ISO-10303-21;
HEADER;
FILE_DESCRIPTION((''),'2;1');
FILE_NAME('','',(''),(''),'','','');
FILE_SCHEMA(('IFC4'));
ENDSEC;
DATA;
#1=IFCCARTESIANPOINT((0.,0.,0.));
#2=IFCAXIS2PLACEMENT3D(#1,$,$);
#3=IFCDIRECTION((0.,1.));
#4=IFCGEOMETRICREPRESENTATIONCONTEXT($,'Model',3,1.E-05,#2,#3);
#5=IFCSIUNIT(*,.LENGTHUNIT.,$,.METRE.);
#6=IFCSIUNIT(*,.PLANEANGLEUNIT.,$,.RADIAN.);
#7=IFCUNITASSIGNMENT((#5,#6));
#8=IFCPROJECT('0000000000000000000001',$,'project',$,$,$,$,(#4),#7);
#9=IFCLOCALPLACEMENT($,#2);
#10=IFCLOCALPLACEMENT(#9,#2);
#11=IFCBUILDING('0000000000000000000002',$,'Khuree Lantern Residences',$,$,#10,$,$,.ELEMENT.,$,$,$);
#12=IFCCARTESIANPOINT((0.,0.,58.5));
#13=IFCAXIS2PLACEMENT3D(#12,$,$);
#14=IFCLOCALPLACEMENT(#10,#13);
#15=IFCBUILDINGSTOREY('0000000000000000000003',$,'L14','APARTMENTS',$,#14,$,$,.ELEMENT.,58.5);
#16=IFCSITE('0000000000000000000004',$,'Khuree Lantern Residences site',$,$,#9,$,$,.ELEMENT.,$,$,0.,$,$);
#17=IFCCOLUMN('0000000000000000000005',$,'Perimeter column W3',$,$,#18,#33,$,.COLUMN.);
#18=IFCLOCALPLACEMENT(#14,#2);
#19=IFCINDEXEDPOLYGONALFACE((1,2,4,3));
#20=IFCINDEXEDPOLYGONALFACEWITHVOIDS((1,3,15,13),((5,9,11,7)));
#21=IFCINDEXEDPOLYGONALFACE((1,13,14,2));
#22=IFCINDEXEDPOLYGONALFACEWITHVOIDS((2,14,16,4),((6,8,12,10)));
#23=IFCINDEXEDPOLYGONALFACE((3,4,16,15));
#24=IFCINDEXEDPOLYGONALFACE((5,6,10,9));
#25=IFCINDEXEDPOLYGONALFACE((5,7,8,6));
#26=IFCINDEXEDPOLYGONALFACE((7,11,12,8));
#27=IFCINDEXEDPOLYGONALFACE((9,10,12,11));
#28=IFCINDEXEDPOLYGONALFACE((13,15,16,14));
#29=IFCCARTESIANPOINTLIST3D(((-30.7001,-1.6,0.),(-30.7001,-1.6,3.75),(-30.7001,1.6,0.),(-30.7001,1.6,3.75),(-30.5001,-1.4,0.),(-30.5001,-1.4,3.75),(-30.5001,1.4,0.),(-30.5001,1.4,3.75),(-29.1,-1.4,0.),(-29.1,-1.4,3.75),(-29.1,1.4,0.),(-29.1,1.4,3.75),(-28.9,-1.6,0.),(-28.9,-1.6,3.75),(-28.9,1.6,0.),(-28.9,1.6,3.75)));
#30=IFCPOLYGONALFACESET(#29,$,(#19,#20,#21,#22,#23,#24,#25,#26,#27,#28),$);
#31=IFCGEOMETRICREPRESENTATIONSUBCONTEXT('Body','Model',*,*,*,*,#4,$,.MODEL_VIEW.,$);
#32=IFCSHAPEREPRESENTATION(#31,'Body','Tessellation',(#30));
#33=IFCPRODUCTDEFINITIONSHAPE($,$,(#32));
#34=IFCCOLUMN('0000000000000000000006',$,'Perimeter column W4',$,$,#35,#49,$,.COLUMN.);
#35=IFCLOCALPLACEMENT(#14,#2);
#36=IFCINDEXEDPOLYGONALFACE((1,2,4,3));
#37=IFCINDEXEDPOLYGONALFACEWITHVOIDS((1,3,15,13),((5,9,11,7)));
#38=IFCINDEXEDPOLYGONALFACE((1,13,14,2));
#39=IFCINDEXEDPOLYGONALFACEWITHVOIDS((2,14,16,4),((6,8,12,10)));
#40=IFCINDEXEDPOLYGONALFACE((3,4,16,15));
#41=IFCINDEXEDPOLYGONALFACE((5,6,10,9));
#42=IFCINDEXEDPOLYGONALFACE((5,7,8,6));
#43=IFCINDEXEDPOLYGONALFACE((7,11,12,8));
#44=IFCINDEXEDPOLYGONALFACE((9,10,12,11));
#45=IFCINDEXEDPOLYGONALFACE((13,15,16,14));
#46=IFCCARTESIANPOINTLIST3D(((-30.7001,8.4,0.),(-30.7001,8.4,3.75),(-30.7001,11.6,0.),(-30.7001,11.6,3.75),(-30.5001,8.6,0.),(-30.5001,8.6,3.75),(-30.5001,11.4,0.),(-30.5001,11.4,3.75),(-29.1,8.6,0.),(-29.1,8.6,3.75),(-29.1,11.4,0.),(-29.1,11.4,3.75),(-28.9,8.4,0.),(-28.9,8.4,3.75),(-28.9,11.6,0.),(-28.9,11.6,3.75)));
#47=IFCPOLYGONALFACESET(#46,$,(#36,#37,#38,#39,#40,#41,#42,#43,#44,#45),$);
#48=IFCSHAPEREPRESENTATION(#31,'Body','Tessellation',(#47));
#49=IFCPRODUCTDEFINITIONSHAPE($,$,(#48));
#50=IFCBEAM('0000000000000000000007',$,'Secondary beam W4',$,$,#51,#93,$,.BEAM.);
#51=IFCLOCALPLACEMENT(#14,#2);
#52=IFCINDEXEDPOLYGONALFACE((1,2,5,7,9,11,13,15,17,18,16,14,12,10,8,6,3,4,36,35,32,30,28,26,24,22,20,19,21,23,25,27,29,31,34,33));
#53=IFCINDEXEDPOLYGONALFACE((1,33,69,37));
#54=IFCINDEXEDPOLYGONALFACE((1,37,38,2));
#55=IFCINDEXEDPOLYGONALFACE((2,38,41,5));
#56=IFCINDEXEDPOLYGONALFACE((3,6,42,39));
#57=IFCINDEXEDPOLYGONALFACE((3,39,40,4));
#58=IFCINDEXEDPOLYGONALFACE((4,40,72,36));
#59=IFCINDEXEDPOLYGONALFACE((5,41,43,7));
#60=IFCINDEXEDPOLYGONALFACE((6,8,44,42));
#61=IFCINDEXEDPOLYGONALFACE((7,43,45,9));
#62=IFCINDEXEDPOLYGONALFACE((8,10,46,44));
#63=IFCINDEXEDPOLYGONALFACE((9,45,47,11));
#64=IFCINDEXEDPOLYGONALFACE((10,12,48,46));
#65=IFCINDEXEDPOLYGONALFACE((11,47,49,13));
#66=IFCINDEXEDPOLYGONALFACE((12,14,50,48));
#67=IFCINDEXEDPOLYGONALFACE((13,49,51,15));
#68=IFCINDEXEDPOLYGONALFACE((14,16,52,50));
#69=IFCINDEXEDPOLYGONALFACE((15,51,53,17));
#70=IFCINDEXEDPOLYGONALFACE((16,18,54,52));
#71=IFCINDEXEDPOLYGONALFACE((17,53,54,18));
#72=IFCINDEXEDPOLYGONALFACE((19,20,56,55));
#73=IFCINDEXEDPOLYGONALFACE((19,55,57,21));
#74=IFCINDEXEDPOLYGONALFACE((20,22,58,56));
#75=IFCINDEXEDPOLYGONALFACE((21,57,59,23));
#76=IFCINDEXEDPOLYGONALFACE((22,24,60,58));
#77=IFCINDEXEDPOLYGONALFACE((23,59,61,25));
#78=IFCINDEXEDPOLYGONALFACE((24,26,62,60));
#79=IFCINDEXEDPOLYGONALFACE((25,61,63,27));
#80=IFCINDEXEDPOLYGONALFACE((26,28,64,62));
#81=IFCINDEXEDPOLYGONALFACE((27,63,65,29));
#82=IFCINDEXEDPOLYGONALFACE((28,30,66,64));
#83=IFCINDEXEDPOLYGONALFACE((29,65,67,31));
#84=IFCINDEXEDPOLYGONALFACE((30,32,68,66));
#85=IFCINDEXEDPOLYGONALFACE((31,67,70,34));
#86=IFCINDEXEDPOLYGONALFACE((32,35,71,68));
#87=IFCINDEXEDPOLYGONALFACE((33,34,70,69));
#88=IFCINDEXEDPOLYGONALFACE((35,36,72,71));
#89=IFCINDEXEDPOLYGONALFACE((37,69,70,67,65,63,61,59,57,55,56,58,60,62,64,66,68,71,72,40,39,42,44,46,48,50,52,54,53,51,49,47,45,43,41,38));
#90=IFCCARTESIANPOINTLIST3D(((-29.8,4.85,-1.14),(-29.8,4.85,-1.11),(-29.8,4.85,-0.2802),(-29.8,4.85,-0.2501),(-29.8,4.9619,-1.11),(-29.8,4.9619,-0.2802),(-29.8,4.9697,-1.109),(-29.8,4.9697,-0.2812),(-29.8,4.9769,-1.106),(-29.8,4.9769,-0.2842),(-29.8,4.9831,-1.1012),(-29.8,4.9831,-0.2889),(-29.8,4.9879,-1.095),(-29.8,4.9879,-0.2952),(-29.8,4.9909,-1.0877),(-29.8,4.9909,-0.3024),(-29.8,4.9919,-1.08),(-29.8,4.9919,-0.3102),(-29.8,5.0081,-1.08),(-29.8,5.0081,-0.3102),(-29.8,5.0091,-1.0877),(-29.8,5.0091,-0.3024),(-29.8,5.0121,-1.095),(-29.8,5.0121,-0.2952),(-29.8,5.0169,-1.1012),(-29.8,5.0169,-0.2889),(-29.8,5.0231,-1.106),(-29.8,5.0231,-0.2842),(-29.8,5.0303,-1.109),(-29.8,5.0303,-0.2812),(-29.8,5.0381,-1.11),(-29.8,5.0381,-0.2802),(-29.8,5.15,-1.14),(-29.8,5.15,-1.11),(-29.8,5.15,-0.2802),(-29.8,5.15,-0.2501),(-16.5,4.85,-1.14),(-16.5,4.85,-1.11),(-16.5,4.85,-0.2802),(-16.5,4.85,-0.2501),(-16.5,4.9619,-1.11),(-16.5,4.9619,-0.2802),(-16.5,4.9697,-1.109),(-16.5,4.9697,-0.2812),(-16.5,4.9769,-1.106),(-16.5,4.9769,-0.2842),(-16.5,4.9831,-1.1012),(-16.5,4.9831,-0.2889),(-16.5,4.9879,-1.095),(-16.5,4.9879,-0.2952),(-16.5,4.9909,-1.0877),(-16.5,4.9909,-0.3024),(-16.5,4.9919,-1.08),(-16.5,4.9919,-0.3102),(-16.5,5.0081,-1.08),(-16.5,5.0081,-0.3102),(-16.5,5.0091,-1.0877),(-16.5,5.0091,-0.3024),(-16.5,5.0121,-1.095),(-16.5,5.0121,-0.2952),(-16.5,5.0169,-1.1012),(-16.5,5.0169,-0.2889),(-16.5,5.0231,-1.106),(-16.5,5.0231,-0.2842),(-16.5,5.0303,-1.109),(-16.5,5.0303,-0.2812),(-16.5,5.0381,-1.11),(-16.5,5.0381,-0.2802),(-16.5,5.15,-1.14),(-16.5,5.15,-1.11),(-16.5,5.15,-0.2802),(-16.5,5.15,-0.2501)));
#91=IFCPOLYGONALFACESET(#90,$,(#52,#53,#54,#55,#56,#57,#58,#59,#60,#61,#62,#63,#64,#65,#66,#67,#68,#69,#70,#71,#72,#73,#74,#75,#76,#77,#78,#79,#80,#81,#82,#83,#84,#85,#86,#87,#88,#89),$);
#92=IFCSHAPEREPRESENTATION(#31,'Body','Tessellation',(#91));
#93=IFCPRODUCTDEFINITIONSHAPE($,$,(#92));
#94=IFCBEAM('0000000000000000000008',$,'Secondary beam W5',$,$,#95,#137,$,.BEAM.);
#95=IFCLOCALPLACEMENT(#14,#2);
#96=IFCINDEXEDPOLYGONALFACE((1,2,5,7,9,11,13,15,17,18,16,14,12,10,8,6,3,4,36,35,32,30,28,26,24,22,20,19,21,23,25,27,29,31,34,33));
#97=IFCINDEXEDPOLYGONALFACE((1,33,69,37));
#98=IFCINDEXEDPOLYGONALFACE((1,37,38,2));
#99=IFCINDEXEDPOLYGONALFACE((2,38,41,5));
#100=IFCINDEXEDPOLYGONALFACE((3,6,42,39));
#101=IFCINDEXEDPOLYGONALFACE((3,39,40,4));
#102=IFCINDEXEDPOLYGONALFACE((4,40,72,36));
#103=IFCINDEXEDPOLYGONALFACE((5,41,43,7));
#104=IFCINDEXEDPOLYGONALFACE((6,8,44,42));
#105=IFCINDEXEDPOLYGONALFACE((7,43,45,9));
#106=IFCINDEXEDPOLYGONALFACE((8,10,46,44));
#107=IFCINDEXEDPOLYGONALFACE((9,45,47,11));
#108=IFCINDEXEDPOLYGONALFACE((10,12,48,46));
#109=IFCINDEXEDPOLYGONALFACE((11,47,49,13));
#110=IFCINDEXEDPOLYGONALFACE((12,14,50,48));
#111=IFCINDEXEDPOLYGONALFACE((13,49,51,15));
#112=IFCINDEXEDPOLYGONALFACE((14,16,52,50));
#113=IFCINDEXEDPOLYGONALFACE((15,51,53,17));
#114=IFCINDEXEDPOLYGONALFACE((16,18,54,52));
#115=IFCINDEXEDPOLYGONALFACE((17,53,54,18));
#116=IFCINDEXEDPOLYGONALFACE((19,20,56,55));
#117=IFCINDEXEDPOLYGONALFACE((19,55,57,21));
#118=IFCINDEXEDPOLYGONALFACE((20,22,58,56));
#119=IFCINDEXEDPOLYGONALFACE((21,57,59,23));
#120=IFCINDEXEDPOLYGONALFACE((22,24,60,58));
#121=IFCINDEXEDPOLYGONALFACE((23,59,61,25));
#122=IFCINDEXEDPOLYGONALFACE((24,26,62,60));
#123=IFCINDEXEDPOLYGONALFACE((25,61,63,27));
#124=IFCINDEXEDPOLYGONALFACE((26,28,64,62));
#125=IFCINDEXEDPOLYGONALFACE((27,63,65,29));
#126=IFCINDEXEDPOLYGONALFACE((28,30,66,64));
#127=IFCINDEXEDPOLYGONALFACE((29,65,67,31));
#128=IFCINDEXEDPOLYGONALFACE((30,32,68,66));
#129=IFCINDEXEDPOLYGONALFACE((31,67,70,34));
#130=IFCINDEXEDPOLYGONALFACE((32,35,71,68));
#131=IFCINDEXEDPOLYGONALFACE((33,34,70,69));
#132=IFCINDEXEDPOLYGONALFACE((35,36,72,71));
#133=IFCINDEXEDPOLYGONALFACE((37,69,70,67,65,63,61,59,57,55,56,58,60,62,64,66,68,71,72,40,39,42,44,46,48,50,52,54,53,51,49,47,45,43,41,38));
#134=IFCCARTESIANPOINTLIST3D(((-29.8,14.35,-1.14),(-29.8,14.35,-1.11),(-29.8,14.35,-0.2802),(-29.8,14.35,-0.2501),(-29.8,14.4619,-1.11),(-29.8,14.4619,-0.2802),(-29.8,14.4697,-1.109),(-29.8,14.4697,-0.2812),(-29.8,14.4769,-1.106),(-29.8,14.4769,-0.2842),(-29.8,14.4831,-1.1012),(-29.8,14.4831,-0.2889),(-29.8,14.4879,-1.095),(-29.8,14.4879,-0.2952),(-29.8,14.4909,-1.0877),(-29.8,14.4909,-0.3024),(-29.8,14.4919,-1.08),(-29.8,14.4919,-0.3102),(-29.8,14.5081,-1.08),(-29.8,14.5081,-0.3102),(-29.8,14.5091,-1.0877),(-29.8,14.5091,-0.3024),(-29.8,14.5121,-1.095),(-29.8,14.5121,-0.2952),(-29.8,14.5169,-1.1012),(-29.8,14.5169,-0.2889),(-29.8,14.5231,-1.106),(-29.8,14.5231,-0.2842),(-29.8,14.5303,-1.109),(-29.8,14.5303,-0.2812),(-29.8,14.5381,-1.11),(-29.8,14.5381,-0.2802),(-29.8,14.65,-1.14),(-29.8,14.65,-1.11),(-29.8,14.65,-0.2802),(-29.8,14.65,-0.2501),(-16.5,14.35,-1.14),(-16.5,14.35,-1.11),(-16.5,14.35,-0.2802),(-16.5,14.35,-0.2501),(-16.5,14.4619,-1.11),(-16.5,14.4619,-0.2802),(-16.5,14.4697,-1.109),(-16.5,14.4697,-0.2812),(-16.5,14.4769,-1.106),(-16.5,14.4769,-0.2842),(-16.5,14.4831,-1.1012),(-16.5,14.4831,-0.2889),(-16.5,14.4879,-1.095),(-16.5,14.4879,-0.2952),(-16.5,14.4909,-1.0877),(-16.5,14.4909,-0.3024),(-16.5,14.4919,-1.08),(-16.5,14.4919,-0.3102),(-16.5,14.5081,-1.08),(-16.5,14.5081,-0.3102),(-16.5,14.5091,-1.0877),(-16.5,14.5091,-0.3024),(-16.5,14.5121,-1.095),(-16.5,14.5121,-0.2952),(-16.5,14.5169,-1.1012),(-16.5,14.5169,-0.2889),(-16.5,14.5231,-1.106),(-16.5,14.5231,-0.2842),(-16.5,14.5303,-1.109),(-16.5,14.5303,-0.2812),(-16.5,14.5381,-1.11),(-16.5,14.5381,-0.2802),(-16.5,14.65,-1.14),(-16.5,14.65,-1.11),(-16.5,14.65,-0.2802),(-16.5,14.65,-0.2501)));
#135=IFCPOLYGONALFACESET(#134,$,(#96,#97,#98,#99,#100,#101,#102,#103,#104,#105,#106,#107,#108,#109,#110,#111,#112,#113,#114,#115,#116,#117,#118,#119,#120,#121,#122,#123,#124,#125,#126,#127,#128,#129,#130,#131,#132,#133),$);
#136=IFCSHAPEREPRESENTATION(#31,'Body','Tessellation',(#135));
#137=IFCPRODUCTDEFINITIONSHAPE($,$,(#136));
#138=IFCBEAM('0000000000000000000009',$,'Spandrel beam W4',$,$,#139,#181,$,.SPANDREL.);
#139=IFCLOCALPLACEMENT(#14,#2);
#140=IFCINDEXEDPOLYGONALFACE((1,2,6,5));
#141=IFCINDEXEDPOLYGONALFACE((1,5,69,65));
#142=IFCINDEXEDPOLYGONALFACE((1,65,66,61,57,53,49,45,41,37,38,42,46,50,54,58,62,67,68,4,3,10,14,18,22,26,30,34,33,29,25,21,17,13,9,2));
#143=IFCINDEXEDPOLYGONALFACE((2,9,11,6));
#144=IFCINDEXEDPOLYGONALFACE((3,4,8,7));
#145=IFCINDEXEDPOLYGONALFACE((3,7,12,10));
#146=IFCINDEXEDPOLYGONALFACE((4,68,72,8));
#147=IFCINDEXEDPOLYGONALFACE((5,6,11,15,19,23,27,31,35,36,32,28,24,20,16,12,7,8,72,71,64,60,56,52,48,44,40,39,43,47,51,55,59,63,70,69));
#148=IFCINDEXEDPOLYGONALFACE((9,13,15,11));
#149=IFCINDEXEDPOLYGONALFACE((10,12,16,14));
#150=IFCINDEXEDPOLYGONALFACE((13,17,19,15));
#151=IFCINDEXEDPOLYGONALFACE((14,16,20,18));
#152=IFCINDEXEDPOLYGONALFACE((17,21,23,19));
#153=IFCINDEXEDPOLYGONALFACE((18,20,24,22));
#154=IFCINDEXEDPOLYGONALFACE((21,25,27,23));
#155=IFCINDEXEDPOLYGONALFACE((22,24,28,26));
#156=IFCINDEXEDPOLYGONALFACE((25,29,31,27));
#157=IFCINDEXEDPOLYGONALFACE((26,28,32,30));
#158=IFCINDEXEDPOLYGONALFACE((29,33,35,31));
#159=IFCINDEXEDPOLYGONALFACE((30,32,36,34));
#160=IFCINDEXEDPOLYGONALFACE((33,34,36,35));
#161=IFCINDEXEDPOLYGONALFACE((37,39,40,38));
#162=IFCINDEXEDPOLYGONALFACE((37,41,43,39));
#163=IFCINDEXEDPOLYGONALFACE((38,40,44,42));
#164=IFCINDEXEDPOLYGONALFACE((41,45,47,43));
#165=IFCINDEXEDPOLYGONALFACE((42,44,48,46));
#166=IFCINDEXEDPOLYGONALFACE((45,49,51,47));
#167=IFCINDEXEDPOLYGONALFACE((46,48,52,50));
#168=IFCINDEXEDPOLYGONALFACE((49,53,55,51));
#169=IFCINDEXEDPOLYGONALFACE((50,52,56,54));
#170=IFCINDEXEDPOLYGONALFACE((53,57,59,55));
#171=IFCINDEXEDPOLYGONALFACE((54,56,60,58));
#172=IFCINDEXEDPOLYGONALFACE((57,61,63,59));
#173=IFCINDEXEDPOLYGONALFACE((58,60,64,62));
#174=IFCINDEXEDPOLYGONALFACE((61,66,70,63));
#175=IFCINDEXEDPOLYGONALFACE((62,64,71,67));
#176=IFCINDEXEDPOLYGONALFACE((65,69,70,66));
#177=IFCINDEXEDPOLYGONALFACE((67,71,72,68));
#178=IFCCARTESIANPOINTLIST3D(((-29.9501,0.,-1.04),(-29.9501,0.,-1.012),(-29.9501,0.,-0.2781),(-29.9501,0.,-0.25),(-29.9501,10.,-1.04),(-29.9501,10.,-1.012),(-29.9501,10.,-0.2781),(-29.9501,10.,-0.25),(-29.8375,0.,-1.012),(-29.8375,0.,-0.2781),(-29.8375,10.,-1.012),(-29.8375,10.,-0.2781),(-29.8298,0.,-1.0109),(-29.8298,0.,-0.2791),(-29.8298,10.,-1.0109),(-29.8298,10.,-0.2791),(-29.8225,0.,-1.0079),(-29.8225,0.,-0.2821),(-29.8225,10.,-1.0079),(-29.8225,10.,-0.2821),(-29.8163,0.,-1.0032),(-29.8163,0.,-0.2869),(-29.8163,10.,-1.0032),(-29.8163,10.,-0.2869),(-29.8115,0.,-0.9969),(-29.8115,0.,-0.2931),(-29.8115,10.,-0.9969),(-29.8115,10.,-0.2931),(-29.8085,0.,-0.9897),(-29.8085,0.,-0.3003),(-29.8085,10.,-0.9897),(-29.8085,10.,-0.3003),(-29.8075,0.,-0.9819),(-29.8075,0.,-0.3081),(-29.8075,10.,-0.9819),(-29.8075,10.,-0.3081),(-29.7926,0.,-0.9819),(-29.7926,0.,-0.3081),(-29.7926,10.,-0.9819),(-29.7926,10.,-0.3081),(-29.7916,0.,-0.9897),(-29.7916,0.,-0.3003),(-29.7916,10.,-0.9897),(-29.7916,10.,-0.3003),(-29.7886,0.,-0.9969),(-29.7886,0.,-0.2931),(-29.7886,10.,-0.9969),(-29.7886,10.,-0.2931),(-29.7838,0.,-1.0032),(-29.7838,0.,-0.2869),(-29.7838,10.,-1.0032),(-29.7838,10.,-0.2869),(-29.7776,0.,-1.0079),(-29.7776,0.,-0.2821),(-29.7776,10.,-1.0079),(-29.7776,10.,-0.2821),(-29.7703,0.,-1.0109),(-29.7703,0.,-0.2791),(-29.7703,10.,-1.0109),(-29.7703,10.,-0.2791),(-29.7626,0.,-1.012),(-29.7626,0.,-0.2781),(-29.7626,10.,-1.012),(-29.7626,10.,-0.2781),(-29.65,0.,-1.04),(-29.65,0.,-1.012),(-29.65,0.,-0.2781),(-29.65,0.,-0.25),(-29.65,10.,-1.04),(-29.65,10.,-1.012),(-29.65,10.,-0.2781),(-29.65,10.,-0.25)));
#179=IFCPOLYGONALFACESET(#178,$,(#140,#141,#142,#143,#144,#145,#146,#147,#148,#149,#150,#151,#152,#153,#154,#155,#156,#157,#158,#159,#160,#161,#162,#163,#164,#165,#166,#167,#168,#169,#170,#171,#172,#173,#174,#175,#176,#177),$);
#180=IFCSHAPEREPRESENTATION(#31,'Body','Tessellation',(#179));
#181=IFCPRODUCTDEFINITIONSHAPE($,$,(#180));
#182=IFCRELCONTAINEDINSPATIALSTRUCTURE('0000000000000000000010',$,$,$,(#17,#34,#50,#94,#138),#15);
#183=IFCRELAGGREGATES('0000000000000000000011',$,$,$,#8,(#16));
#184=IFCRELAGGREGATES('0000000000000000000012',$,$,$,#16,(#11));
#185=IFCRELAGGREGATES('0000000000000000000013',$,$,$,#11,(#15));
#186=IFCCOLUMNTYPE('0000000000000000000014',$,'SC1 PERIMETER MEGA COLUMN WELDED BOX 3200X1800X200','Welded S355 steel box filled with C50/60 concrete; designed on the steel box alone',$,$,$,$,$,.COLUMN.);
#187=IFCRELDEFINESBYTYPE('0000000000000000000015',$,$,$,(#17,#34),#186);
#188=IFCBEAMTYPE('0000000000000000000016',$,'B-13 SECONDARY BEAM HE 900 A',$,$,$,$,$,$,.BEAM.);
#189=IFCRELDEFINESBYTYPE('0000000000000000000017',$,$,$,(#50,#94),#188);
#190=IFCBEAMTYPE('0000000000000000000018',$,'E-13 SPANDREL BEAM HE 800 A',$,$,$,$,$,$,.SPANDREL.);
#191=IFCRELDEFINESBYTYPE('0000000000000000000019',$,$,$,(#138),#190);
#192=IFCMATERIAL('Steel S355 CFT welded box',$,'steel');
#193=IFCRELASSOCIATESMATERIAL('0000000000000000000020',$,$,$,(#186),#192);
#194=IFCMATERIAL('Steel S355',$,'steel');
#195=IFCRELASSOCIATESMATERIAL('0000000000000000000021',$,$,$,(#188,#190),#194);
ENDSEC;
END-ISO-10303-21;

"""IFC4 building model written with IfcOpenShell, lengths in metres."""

from ifc_helpers import new_model, si_unit, direction, frame, origin, origin_2d, place, context, subcontext, project, spatial, hollow_rectangle, i_section, extrude, material, material_profile, profile_set, type_object, element, save


model = new_model("IFC4")

# Units and contexts
model_context = context("Model", 3, precision=1e-05, world=origin(), true_north=direction((0.0, 1.0)))
body_context = subcontext(model_context, "Body", "Model", "MODEL_VIEW")
ifc_project = project(units=[si_unit("LENGTHUNIT", "METRE"), si_unit("PLANEANGLEUNIT", "RADIAN")], contexts=[model_context])

# Site, building, storey
site_placement = place(None, origin())
site = spatial("IfcSite", under=ifc_project, at=site_placement, Name="Khuree Lantern Residences site", CompositionType="ELEMENT", RefElevation=0.0)
building_placement = place(site_placement, origin())
building = spatial("IfcBuilding", under=site, at=building_placement, Name="Khuree Lantern Residences", CompositionType="ELEMENT")
storey_placement = place(building_placement, frame((0.0, 0.0, 58.5)))
storey = spatial("IfcBuildingStorey", under=building, at=storey_placement, Name="L14", Description="APARTMENTS", CompositionType="ELEMENT", Elevation=58.5)

# Columns
ifc_material_1 = material(Name="Steel S355 CFT welded box", Category="steel")
ifc_material_profile_1 = material_profile(ifc_material_1, hollow_rectangle(XDim=3.2, YDim=1.8, WallThickness=0.2, at=origin_2d()), Name="WELDED BOX 3200X1800X200")
ifc_profile_set_1 = profile_set([ifc_material_profile_1], Name="Steel S355 CFT welded box")
column_type = type_object("IfcColumnType", Name="SC1 PERIMETER MEGA COLUMN WELDED BOX 3200X1800X200", Description="Welded S355 steel box filled with C50/60 concrete; designed on the steel box alone", PredefinedType="COLUMN", material=ifc_profile_set_1)
for number, where, z_axis, x_axis, name in (
    (1, (-29.8, 0.0, 0.0), (0.0, 0.0, 1.0), (0.0, 1.0, 0.0), "Perimeter column W3"),
    (2, (-29.8, 10.0, 0.0), (0.0, 0.0, 1.0), (0.0, 1.0, 0.0), "Perimeter column W4"),
):
    element("IfcColumn", number, at=place(storey_placement, frame(where, z_axis=z_axis, x_axis=x_axis)), inside=storey, type_object=column_type, Name=name, PredefinedType="COLUMN", context=body_context, shape_type="SweptSolid", body=[
        extrude(hollow_rectangle(XDim=3.2, YDim=1.8, WallThickness=0.2, at=origin_2d()), origin(), (0.0, 0.0, 1.0), 3.75),
    ])

# Beams
ifc_material_2 = material(Name="Steel S355", Category="steel")
ifc_material_profile_2 = material_profile(ifc_material_2, i_section(OverallWidth=0.3, OverallDepth=0.8899, WebThickness=0.0161, FlangeThickness=0.03, FilletRadius=0.03, at=origin_2d()), Name="HE 900 A")
ifc_profile_set_2 = profile_set([ifc_material_profile_2], Name="Steel S355")
beam_type_1 = type_object("IfcBeamType", Name="B-13 SECONDARY BEAM HE 900 A", PredefinedType="BEAM", material=ifc_profile_set_2)
for number, where, z_axis, x_axis, name in (
    (3, (-29.8, 5.0, -0.6951), (1.0, 0.0, 0.0), (0.0, 1.0, 0.0), "Secondary beam W4"),
    (4, (-29.8, 14.5, -0.6951), (1.0, 0.0, 0.0), (0.0, 1.0, 0.0), "Secondary beam W5"),
):
    element("IfcBeam", number, at=place(storey_placement, frame(where, z_axis=z_axis, x_axis=x_axis)), inside=storey, type_object=beam_type_1, Name=name, PredefinedType="BEAM", context=body_context, shape_type="SweptSolid", body=[
        extrude(i_section(OverallWidth=0.3, OverallDepth=0.8899, WebThickness=0.0161, FlangeThickness=0.03, FilletRadius=0.03, at=origin_2d()), origin(), (0.0, 0.0, 1.0), 13.3),
    ])
ifc_material_profile_3 = material_profile(ifc_material_2, i_section(OverallWidth=0.3, OverallDepth=0.79, WebThickness=0.0149, FlangeThickness=0.0281, FilletRadius=0.03, at=origin_2d()), Name="HE 800 A")
ifc_profile_set_3 = profile_set([ifc_material_profile_3], Name="Steel S355")
beam_type_2 = type_object("IfcBeamType", Name="E-13 SPANDREL BEAM HE 800 A", PredefinedType="SPANDREL", material=ifc_profile_set_3)
for number, where, z_axis, x_axis, name in (
    (5, (-29.8, 0.0, -0.645), (0.0, 1.0, 0.0), (-1.0, 0.0, 0.0), "Spandrel beam W4"),
):
    element("IfcBeam", number, at=place(storey_placement, frame(where, z_axis=z_axis, x_axis=x_axis)), inside=storey, type_object=beam_type_2, Name=name, PredefinedType="SPANDREL", context=body_context, shape_type="SweptSolid", body=[
        extrude(i_section(OverallWidth=0.3, OverallDepth=0.79, WebThickness=0.0149, FlangeThickness=0.0281, FilletRadius=0.03, at=origin_2d()), origin(), (0.0, 0.0, 1.0), 10.0),
    ])

save(model, "model.ifc")
